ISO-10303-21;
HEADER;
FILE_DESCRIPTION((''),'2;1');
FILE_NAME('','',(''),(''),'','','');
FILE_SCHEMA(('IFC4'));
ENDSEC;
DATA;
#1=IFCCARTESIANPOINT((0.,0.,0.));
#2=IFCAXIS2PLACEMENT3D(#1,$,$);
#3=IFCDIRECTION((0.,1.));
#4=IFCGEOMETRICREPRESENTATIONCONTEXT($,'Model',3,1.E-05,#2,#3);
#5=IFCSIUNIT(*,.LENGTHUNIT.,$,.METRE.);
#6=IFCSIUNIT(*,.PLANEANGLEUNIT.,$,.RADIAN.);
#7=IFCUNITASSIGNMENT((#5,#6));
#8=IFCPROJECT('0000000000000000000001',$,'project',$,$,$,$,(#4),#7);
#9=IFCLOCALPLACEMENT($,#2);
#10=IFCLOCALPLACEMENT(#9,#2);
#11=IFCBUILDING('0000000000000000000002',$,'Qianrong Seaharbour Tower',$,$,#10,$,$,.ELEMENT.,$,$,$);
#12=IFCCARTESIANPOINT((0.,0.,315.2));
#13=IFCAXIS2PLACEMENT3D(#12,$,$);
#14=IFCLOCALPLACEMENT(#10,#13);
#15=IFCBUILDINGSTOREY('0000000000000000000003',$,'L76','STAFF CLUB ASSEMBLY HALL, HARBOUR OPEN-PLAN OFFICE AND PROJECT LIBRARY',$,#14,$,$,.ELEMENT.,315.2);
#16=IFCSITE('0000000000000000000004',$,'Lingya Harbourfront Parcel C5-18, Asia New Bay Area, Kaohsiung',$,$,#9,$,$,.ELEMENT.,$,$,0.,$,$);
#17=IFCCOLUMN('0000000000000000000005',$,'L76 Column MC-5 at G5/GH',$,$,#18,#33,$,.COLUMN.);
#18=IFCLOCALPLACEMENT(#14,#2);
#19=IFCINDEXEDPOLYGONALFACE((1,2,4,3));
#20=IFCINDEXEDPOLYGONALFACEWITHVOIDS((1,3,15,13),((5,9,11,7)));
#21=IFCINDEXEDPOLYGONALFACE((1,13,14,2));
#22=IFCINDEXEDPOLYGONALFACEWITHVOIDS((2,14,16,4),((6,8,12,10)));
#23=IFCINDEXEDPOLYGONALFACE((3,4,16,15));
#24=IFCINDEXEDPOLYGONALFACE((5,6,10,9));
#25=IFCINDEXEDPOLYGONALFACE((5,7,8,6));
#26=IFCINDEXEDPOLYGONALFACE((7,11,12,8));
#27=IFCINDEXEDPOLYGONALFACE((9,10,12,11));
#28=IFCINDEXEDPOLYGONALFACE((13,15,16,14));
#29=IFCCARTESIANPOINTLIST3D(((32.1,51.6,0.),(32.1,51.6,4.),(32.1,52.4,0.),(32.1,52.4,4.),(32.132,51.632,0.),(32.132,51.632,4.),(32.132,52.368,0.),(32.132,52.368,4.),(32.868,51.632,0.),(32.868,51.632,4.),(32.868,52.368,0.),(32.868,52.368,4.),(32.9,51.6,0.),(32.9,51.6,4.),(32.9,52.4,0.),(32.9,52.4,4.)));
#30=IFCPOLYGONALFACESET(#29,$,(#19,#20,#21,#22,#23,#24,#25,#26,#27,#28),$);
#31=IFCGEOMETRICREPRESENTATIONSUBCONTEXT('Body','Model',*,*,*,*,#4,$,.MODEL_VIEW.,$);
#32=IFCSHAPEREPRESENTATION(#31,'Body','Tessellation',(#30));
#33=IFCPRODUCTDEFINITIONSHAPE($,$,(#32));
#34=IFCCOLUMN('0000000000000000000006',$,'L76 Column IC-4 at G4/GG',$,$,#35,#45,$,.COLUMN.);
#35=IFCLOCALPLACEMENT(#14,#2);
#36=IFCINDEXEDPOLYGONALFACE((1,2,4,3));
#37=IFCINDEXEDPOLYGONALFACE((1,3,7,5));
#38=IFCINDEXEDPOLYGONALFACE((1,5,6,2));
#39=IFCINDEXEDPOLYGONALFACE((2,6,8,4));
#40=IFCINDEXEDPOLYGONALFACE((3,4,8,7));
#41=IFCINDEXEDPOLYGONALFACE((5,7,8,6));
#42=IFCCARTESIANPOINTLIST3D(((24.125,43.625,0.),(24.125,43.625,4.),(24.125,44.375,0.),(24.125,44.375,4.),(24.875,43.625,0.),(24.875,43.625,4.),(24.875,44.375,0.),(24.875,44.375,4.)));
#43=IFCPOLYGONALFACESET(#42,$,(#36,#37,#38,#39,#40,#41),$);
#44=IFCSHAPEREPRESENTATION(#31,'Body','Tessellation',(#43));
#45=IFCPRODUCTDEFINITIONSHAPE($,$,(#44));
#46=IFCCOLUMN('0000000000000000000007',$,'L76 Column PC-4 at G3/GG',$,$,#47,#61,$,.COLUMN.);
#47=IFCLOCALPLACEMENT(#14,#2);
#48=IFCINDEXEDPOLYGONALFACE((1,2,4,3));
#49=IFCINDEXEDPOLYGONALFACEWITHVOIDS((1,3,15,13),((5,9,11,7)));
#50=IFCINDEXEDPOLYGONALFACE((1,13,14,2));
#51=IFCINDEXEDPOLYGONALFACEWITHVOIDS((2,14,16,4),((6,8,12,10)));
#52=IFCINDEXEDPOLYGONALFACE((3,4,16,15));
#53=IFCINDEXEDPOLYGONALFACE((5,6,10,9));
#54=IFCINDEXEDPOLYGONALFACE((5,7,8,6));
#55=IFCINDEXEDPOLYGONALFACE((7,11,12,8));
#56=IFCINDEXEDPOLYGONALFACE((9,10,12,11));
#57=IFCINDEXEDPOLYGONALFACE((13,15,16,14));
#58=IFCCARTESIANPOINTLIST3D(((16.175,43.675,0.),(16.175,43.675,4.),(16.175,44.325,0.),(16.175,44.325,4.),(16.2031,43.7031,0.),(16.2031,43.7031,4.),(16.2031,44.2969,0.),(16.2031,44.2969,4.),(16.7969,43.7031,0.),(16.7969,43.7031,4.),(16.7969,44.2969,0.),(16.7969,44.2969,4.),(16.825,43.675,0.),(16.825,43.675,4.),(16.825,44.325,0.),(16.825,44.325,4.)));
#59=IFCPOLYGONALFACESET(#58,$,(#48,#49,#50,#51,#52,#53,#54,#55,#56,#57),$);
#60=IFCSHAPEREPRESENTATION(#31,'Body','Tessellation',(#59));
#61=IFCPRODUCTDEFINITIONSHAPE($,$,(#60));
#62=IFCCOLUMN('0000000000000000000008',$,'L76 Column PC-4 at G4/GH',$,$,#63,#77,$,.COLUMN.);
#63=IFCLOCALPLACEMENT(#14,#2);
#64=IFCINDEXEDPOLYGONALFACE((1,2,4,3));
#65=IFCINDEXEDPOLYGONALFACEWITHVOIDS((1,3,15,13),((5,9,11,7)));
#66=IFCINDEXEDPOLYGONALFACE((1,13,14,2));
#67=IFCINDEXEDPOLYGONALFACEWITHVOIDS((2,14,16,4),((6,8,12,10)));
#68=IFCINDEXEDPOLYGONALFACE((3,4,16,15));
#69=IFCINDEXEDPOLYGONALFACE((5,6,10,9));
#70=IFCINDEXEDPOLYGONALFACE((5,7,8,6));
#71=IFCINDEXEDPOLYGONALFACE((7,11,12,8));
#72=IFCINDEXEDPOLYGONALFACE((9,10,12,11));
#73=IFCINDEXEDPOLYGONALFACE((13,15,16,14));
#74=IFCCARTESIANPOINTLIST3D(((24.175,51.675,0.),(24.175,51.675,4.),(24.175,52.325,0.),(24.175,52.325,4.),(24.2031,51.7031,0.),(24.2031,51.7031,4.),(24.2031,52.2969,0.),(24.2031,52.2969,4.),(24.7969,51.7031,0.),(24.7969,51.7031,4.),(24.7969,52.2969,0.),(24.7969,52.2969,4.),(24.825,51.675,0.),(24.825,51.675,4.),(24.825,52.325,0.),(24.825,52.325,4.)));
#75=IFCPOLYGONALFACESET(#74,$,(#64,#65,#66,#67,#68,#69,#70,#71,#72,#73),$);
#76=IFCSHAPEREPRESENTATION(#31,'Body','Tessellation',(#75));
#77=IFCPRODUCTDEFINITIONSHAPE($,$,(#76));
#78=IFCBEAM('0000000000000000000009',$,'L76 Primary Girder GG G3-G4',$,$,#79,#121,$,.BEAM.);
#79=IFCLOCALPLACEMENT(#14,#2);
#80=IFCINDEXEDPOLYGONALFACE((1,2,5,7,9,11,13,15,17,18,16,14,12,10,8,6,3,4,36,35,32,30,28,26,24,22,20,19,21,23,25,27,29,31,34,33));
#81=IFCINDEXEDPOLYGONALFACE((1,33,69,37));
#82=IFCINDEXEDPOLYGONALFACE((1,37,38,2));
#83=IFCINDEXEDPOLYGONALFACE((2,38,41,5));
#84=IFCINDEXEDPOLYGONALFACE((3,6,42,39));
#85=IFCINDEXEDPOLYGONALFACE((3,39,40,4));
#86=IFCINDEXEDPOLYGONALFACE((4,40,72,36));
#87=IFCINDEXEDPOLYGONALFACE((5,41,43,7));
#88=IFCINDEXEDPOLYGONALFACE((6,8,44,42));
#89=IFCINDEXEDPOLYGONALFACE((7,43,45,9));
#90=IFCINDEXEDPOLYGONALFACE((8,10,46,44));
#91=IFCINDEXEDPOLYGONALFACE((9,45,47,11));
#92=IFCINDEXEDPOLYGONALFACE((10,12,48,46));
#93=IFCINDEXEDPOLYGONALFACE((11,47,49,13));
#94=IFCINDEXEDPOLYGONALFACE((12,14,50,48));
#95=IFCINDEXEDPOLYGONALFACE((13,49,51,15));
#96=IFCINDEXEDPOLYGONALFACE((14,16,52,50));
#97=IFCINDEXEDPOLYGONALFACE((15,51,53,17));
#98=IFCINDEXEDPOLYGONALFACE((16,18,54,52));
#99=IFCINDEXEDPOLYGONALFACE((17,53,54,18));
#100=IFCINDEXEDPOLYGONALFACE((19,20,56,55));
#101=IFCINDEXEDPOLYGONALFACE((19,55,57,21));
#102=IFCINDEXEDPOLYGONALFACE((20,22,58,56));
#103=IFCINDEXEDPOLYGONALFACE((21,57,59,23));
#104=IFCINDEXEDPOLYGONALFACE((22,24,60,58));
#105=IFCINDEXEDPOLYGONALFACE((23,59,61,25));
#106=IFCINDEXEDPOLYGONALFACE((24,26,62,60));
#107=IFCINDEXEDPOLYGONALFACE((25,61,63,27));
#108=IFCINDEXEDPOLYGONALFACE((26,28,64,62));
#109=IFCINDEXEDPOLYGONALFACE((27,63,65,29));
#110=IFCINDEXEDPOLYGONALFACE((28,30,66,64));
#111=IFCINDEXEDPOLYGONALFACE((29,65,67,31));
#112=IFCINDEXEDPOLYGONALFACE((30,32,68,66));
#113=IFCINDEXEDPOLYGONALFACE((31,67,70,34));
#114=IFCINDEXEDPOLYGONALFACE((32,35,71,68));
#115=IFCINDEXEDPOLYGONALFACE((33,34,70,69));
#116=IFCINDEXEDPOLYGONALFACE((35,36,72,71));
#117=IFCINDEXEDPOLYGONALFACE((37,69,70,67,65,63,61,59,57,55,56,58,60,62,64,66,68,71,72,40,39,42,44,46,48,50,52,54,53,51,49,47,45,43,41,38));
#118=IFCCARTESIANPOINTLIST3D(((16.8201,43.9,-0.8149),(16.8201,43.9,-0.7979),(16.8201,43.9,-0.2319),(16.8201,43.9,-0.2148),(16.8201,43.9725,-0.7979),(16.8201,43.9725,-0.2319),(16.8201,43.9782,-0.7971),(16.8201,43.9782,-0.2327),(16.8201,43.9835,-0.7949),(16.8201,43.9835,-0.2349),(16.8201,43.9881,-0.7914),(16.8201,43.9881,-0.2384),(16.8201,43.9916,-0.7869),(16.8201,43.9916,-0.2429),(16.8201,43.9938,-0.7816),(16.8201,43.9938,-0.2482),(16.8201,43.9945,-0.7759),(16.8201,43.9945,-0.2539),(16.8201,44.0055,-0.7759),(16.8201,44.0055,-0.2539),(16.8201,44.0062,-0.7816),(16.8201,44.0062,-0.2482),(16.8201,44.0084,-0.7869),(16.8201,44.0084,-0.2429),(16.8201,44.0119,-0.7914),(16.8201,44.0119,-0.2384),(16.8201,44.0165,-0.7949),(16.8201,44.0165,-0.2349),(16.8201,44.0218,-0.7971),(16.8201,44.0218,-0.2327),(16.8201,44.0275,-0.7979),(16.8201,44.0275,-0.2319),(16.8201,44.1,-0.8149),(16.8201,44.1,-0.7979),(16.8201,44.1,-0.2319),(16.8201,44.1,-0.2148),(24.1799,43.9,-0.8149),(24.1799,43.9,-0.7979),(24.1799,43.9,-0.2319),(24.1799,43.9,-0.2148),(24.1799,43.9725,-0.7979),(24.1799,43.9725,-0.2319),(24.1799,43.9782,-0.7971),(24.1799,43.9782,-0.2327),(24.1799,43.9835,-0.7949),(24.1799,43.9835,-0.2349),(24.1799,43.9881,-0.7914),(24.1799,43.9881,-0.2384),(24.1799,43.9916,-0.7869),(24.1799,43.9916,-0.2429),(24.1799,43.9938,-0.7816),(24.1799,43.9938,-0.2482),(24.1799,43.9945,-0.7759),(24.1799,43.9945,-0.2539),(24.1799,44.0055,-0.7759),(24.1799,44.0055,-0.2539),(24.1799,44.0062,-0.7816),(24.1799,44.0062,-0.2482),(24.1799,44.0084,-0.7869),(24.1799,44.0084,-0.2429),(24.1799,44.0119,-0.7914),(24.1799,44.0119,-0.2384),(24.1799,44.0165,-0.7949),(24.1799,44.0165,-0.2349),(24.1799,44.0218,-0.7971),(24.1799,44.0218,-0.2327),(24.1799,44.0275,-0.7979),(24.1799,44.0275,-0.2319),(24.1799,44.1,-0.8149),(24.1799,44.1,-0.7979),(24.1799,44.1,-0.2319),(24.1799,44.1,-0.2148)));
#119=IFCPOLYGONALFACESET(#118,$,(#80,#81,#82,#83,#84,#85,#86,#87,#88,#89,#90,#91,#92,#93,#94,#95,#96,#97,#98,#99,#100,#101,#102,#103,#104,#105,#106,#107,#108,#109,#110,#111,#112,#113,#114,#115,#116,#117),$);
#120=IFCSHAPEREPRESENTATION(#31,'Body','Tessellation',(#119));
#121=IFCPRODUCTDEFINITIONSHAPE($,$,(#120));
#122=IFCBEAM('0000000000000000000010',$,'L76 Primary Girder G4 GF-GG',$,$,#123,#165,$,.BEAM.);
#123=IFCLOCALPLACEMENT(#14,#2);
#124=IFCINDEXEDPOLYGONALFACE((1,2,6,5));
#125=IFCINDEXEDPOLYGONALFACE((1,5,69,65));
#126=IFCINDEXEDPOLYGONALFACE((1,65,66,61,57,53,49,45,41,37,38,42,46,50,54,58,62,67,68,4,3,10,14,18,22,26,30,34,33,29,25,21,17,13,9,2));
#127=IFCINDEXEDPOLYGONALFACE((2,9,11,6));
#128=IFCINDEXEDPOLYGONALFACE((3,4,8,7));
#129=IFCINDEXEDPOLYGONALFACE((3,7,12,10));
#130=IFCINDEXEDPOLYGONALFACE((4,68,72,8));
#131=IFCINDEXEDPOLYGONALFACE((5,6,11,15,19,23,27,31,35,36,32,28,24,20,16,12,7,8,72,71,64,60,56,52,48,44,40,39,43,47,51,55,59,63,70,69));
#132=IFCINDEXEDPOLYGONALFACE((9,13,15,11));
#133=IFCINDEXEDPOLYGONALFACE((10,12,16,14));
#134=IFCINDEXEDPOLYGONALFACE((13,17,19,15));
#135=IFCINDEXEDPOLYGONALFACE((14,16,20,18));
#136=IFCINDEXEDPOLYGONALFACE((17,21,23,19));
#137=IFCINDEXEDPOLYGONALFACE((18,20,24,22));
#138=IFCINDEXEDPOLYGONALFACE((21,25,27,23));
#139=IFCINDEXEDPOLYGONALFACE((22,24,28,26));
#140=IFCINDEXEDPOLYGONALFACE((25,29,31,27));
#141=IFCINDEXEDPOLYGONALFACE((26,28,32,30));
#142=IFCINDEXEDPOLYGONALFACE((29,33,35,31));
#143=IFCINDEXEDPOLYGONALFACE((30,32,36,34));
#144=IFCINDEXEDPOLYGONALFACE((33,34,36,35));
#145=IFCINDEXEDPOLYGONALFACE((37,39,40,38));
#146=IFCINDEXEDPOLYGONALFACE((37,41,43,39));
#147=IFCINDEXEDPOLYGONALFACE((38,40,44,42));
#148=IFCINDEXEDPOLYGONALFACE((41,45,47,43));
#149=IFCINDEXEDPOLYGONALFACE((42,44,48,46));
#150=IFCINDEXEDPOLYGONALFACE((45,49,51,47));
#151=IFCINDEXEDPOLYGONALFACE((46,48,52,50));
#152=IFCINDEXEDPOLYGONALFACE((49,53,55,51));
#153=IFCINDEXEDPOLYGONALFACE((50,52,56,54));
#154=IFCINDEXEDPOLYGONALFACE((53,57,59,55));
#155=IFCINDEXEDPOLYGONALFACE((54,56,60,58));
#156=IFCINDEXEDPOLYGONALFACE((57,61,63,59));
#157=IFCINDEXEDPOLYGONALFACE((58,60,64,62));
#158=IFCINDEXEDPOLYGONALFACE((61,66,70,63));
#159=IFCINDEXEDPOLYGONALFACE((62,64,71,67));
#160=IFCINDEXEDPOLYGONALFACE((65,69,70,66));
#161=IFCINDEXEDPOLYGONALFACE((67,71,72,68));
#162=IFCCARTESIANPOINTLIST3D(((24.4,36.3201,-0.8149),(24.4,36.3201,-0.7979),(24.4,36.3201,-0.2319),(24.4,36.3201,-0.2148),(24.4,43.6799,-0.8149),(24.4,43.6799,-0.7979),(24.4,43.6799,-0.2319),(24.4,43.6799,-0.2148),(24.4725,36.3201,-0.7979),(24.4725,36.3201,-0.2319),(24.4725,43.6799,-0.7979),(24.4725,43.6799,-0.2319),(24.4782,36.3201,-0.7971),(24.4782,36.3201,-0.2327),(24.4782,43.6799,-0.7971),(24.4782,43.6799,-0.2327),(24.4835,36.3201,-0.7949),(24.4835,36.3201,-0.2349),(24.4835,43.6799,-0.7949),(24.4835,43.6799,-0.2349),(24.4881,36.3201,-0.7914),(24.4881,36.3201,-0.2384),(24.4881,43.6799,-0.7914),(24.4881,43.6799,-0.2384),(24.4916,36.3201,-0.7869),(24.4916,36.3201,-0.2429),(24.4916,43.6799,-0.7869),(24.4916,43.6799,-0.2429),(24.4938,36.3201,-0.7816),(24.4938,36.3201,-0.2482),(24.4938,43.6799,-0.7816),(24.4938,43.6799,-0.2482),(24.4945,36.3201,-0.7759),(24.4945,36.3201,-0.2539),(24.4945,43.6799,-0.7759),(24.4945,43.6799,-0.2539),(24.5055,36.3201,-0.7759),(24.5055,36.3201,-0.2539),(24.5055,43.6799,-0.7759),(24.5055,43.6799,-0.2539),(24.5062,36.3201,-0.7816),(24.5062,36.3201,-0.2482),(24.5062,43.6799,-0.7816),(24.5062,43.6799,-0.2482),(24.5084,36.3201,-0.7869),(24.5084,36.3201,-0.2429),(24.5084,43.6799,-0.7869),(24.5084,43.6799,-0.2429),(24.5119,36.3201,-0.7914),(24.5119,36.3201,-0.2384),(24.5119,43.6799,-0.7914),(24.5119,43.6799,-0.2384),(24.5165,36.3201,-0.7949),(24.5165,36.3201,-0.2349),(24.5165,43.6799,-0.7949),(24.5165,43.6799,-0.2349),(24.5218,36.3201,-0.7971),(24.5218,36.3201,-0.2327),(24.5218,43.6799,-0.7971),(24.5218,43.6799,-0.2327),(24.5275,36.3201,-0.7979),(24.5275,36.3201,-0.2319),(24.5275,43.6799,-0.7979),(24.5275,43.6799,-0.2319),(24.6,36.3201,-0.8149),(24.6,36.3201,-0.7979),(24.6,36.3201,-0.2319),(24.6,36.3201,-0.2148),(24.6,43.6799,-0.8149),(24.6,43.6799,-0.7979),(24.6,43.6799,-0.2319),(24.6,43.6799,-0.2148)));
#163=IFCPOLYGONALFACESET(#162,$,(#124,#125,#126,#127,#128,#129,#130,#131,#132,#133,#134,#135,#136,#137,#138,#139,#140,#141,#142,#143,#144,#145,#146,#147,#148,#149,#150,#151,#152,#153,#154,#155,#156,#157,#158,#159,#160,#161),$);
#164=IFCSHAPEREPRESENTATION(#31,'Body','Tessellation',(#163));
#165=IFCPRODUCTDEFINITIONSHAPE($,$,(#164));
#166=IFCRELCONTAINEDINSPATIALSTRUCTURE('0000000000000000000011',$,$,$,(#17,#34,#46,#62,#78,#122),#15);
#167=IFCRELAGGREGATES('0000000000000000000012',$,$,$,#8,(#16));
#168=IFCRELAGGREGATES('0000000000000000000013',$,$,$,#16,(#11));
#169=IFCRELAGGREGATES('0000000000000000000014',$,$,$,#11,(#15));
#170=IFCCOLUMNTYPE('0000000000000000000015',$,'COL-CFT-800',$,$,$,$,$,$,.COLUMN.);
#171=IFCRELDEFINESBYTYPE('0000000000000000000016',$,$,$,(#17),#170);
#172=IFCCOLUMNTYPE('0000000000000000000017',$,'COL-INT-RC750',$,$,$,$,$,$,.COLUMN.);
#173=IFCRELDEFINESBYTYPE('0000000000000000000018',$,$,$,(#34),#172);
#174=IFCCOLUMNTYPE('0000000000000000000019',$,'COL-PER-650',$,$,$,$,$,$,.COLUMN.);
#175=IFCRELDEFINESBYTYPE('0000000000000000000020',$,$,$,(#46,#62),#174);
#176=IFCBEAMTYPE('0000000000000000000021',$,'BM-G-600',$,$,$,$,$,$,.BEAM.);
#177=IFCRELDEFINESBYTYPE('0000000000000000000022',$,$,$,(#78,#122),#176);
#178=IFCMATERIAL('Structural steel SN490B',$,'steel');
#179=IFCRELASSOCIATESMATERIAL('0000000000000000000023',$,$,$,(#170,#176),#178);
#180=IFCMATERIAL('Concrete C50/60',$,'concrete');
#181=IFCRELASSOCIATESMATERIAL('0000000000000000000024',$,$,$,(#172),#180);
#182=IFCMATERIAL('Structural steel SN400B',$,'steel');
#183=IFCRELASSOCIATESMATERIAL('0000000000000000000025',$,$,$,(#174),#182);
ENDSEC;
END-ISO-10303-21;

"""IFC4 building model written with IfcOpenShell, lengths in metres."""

from ifc_helpers import new_model, si_unit, direction, frame, origin, origin_2d, place, context, subcontext, project, spatial, rectangle, hollow_rectangle, i_section, extrude, material, material_profile, profile_set, type_object, element, save


model = new_model("IFC4")

# Units and contexts
model_context = context("Model", 3, precision=1e-05, world=origin(), true_north=direction((0.0, 1.0)))
body_context = subcontext(model_context, "Body", "Model", "MODEL_VIEW")
ifc_project = project(units=[si_unit("LENGTHUNIT", "METRE"), si_unit("PLANEANGLEUNIT", "RADIAN")], contexts=[model_context])

# Site, building, storey
site_placement = place(None, origin())
site = spatial("IfcSite", under=ifc_project, at=site_placement, Name="Lingya Harbourfront Parcel C5-18, Asia New Bay Area, Kaohsiung", CompositionType="ELEMENT", RefElevation=0.0)
building_placement = place(site_placement, origin())
building = spatial("IfcBuilding", under=site, at=building_placement, Name="Qianrong Seaharbour Tower", CompositionType="ELEMENT")
storey_placement = place(building_placement, frame((0.0, 0.0, 315.2)))
storey = spatial("IfcBuildingStorey", under=building, at=storey_placement, Name="L76", Description="STAFF CLUB ASSEMBLY HALL, HARBOUR OPEN-PLAN OFFICE AND PROJECT LIBRARY", CompositionType="ELEMENT", Elevation=315.2)

# Columns
ifc_material_1 = material(Name="Structural steel SN490B", Category="steel")
ifc_material_profile_1 = material_profile(ifc_material_1, hollow_rectangle(XDim=0.8, YDim=0.8, WallThickness=0.032, at=origin_2d()), Name="BOX800x800x32")
ifc_profile_set_1 = profile_set([ifc_material_profile_1], Name="Structural steel SN490B")
column_type_1 = type_object("IfcColumnType", Name="COL-CFT-800", PredefinedType="COLUMN", material=ifc_profile_set_1)
column_1_placement = place(storey_placement, frame((32.5, 52.0, 0.0), z_axis=(0.0, 0.0, 1.0), x_axis=(1.0, 0.0, 0.0)))
element("IfcColumn", 1, at=column_1_placement, inside=storey, type_object=column_type_1, Name="L76 Column MC-5 at G5/GH", PredefinedType="COLUMN", context=body_context, shape_type="SweptSolid", body=[
    extrude(hollow_rectangle(XDim=0.8, YDim=0.8, WallThickness=0.032, at=origin_2d()), origin(), (0.0, 0.0, 1.0), 4.0),
])
ifc_material_2 = material(Name="Concrete C50/60", Category="concrete")
ifc_material_profile_2 = material_profile(ifc_material_2, rectangle(XDim=0.75, YDim=0.75, at=origin_2d()), Name="RC750x750")
ifc_profile_set_2 = profile_set([ifc_material_profile_2], Name="Concrete C50/60")
column_type_2 = type_object("IfcColumnType", Name="COL-INT-RC750", PredefinedType="COLUMN", material=ifc_profile_set_2)
column_2_placement = place(storey_placement, frame((24.5, 44.0, 0.0), z_axis=(0.0, 0.0, 1.0), x_axis=(1.0, 0.0, 0.0)))
element("IfcColumn", 2, at=column_2_placement, inside=storey, type_object=column_type_2, Name="L76 Column IC-4 at G4/GG", PredefinedType="COLUMN", context=body_context, shape_type="SweptSolid", body=[
    extrude(rectangle(XDim=0.75, YDim=0.75, at=origin_2d()), origin(), (0.0, 0.0, 1.0), 4.0),
])
ifc_material_3 = material(Name="Structural steel SN400B", Category="steel")
ifc_material_profile_3 = material_profile(ifc_material_3, hollow_rectangle(XDim=0.6499, YDim=0.6499, WallThickness=0.0281, at=origin_2d()), Name="BOX650x650x28")
ifc_profile_set_3 = profile_set([ifc_material_profile_3], Name="Structural steel SN400B")
column_type_3 = type_object("IfcColumnType", Name="COL-PER-650", PredefinedType="COLUMN", material=ifc_profile_set_3)
for number, where, z_axis, x_axis, name in (
    (3, (16.5, 44.0, 0.0), (0.0, 0.0, 1.0), (1.0, 0.0, 0.0), "L76 Column PC-4 at G3/GG"),
    (4, (24.5, 52.0, 0.0), (0.0, 0.0, 1.0), (1.0, 0.0, 0.0), "L76 Column PC-4 at G4/GH"),
):
    element("IfcColumn", number, at=place(storey_placement, frame(where, z_axis=z_axis, x_axis=x_axis)), inside=storey, type_object=column_type_3, Name=name, PredefinedType="COLUMN", context=body_context, shape_type="SweptSolid", body=[
        extrude(hollow_rectangle(XDim=0.6499, YDim=0.6499, WallThickness=0.0281, at=origin_2d()), origin(), (0.0, 0.0, 1.0), 4.0),
    ])

# Beams
ifc_material_profile_4 = material_profile(ifc_material_1, i_section(OverallWidth=0.2, OverallDepth=0.6001, WebThickness=0.011, FlangeThickness=0.0171, FilletRadius=0.022, at=origin_2d()), Name="H600x200x11x17")
ifc_profile_set_4 = profile_set([ifc_material_profile_4], Name="Structural steel SN490B")
beam_type_1 = type_object("IfcBeamType", Name="BM-G-600", PredefinedType="BEAM", material=ifc_profile_set_4)
for number, where, z_axis, x_axis, name in (
    (5, (16.8201, 44.0, -0.5149), (1.0, 0.0, 0.0), (0.0, 1.0, 0.0), "L76 Primary Girder GG G3-G4"),
    (6, (24.5, 36.3201, -0.5149), (0.0, 1.0, 0.0), (-1.0, 0.0, 0.0), "L76 Primary Girder G4 GF-GG"),
):
    element("IfcBeam", number, at=place(storey_placement, frame(where, z_axis=z_axis, x_axis=x_axis)), inside=storey, type_object=beam_type_1, Name=name, PredefinedType="BEAM", context=body_context, shape_type="SweptSolid", body=[
        extrude(i_section(OverallWidth=0.2, OverallDepth=0.6001, WebThickness=0.011, FlangeThickness=0.0171, FilletRadius=0.022, at=origin_2d()), origin(), (0.0, 0.0, 1.0), 7.3599),
    ])

save(model, "model.ifc")
